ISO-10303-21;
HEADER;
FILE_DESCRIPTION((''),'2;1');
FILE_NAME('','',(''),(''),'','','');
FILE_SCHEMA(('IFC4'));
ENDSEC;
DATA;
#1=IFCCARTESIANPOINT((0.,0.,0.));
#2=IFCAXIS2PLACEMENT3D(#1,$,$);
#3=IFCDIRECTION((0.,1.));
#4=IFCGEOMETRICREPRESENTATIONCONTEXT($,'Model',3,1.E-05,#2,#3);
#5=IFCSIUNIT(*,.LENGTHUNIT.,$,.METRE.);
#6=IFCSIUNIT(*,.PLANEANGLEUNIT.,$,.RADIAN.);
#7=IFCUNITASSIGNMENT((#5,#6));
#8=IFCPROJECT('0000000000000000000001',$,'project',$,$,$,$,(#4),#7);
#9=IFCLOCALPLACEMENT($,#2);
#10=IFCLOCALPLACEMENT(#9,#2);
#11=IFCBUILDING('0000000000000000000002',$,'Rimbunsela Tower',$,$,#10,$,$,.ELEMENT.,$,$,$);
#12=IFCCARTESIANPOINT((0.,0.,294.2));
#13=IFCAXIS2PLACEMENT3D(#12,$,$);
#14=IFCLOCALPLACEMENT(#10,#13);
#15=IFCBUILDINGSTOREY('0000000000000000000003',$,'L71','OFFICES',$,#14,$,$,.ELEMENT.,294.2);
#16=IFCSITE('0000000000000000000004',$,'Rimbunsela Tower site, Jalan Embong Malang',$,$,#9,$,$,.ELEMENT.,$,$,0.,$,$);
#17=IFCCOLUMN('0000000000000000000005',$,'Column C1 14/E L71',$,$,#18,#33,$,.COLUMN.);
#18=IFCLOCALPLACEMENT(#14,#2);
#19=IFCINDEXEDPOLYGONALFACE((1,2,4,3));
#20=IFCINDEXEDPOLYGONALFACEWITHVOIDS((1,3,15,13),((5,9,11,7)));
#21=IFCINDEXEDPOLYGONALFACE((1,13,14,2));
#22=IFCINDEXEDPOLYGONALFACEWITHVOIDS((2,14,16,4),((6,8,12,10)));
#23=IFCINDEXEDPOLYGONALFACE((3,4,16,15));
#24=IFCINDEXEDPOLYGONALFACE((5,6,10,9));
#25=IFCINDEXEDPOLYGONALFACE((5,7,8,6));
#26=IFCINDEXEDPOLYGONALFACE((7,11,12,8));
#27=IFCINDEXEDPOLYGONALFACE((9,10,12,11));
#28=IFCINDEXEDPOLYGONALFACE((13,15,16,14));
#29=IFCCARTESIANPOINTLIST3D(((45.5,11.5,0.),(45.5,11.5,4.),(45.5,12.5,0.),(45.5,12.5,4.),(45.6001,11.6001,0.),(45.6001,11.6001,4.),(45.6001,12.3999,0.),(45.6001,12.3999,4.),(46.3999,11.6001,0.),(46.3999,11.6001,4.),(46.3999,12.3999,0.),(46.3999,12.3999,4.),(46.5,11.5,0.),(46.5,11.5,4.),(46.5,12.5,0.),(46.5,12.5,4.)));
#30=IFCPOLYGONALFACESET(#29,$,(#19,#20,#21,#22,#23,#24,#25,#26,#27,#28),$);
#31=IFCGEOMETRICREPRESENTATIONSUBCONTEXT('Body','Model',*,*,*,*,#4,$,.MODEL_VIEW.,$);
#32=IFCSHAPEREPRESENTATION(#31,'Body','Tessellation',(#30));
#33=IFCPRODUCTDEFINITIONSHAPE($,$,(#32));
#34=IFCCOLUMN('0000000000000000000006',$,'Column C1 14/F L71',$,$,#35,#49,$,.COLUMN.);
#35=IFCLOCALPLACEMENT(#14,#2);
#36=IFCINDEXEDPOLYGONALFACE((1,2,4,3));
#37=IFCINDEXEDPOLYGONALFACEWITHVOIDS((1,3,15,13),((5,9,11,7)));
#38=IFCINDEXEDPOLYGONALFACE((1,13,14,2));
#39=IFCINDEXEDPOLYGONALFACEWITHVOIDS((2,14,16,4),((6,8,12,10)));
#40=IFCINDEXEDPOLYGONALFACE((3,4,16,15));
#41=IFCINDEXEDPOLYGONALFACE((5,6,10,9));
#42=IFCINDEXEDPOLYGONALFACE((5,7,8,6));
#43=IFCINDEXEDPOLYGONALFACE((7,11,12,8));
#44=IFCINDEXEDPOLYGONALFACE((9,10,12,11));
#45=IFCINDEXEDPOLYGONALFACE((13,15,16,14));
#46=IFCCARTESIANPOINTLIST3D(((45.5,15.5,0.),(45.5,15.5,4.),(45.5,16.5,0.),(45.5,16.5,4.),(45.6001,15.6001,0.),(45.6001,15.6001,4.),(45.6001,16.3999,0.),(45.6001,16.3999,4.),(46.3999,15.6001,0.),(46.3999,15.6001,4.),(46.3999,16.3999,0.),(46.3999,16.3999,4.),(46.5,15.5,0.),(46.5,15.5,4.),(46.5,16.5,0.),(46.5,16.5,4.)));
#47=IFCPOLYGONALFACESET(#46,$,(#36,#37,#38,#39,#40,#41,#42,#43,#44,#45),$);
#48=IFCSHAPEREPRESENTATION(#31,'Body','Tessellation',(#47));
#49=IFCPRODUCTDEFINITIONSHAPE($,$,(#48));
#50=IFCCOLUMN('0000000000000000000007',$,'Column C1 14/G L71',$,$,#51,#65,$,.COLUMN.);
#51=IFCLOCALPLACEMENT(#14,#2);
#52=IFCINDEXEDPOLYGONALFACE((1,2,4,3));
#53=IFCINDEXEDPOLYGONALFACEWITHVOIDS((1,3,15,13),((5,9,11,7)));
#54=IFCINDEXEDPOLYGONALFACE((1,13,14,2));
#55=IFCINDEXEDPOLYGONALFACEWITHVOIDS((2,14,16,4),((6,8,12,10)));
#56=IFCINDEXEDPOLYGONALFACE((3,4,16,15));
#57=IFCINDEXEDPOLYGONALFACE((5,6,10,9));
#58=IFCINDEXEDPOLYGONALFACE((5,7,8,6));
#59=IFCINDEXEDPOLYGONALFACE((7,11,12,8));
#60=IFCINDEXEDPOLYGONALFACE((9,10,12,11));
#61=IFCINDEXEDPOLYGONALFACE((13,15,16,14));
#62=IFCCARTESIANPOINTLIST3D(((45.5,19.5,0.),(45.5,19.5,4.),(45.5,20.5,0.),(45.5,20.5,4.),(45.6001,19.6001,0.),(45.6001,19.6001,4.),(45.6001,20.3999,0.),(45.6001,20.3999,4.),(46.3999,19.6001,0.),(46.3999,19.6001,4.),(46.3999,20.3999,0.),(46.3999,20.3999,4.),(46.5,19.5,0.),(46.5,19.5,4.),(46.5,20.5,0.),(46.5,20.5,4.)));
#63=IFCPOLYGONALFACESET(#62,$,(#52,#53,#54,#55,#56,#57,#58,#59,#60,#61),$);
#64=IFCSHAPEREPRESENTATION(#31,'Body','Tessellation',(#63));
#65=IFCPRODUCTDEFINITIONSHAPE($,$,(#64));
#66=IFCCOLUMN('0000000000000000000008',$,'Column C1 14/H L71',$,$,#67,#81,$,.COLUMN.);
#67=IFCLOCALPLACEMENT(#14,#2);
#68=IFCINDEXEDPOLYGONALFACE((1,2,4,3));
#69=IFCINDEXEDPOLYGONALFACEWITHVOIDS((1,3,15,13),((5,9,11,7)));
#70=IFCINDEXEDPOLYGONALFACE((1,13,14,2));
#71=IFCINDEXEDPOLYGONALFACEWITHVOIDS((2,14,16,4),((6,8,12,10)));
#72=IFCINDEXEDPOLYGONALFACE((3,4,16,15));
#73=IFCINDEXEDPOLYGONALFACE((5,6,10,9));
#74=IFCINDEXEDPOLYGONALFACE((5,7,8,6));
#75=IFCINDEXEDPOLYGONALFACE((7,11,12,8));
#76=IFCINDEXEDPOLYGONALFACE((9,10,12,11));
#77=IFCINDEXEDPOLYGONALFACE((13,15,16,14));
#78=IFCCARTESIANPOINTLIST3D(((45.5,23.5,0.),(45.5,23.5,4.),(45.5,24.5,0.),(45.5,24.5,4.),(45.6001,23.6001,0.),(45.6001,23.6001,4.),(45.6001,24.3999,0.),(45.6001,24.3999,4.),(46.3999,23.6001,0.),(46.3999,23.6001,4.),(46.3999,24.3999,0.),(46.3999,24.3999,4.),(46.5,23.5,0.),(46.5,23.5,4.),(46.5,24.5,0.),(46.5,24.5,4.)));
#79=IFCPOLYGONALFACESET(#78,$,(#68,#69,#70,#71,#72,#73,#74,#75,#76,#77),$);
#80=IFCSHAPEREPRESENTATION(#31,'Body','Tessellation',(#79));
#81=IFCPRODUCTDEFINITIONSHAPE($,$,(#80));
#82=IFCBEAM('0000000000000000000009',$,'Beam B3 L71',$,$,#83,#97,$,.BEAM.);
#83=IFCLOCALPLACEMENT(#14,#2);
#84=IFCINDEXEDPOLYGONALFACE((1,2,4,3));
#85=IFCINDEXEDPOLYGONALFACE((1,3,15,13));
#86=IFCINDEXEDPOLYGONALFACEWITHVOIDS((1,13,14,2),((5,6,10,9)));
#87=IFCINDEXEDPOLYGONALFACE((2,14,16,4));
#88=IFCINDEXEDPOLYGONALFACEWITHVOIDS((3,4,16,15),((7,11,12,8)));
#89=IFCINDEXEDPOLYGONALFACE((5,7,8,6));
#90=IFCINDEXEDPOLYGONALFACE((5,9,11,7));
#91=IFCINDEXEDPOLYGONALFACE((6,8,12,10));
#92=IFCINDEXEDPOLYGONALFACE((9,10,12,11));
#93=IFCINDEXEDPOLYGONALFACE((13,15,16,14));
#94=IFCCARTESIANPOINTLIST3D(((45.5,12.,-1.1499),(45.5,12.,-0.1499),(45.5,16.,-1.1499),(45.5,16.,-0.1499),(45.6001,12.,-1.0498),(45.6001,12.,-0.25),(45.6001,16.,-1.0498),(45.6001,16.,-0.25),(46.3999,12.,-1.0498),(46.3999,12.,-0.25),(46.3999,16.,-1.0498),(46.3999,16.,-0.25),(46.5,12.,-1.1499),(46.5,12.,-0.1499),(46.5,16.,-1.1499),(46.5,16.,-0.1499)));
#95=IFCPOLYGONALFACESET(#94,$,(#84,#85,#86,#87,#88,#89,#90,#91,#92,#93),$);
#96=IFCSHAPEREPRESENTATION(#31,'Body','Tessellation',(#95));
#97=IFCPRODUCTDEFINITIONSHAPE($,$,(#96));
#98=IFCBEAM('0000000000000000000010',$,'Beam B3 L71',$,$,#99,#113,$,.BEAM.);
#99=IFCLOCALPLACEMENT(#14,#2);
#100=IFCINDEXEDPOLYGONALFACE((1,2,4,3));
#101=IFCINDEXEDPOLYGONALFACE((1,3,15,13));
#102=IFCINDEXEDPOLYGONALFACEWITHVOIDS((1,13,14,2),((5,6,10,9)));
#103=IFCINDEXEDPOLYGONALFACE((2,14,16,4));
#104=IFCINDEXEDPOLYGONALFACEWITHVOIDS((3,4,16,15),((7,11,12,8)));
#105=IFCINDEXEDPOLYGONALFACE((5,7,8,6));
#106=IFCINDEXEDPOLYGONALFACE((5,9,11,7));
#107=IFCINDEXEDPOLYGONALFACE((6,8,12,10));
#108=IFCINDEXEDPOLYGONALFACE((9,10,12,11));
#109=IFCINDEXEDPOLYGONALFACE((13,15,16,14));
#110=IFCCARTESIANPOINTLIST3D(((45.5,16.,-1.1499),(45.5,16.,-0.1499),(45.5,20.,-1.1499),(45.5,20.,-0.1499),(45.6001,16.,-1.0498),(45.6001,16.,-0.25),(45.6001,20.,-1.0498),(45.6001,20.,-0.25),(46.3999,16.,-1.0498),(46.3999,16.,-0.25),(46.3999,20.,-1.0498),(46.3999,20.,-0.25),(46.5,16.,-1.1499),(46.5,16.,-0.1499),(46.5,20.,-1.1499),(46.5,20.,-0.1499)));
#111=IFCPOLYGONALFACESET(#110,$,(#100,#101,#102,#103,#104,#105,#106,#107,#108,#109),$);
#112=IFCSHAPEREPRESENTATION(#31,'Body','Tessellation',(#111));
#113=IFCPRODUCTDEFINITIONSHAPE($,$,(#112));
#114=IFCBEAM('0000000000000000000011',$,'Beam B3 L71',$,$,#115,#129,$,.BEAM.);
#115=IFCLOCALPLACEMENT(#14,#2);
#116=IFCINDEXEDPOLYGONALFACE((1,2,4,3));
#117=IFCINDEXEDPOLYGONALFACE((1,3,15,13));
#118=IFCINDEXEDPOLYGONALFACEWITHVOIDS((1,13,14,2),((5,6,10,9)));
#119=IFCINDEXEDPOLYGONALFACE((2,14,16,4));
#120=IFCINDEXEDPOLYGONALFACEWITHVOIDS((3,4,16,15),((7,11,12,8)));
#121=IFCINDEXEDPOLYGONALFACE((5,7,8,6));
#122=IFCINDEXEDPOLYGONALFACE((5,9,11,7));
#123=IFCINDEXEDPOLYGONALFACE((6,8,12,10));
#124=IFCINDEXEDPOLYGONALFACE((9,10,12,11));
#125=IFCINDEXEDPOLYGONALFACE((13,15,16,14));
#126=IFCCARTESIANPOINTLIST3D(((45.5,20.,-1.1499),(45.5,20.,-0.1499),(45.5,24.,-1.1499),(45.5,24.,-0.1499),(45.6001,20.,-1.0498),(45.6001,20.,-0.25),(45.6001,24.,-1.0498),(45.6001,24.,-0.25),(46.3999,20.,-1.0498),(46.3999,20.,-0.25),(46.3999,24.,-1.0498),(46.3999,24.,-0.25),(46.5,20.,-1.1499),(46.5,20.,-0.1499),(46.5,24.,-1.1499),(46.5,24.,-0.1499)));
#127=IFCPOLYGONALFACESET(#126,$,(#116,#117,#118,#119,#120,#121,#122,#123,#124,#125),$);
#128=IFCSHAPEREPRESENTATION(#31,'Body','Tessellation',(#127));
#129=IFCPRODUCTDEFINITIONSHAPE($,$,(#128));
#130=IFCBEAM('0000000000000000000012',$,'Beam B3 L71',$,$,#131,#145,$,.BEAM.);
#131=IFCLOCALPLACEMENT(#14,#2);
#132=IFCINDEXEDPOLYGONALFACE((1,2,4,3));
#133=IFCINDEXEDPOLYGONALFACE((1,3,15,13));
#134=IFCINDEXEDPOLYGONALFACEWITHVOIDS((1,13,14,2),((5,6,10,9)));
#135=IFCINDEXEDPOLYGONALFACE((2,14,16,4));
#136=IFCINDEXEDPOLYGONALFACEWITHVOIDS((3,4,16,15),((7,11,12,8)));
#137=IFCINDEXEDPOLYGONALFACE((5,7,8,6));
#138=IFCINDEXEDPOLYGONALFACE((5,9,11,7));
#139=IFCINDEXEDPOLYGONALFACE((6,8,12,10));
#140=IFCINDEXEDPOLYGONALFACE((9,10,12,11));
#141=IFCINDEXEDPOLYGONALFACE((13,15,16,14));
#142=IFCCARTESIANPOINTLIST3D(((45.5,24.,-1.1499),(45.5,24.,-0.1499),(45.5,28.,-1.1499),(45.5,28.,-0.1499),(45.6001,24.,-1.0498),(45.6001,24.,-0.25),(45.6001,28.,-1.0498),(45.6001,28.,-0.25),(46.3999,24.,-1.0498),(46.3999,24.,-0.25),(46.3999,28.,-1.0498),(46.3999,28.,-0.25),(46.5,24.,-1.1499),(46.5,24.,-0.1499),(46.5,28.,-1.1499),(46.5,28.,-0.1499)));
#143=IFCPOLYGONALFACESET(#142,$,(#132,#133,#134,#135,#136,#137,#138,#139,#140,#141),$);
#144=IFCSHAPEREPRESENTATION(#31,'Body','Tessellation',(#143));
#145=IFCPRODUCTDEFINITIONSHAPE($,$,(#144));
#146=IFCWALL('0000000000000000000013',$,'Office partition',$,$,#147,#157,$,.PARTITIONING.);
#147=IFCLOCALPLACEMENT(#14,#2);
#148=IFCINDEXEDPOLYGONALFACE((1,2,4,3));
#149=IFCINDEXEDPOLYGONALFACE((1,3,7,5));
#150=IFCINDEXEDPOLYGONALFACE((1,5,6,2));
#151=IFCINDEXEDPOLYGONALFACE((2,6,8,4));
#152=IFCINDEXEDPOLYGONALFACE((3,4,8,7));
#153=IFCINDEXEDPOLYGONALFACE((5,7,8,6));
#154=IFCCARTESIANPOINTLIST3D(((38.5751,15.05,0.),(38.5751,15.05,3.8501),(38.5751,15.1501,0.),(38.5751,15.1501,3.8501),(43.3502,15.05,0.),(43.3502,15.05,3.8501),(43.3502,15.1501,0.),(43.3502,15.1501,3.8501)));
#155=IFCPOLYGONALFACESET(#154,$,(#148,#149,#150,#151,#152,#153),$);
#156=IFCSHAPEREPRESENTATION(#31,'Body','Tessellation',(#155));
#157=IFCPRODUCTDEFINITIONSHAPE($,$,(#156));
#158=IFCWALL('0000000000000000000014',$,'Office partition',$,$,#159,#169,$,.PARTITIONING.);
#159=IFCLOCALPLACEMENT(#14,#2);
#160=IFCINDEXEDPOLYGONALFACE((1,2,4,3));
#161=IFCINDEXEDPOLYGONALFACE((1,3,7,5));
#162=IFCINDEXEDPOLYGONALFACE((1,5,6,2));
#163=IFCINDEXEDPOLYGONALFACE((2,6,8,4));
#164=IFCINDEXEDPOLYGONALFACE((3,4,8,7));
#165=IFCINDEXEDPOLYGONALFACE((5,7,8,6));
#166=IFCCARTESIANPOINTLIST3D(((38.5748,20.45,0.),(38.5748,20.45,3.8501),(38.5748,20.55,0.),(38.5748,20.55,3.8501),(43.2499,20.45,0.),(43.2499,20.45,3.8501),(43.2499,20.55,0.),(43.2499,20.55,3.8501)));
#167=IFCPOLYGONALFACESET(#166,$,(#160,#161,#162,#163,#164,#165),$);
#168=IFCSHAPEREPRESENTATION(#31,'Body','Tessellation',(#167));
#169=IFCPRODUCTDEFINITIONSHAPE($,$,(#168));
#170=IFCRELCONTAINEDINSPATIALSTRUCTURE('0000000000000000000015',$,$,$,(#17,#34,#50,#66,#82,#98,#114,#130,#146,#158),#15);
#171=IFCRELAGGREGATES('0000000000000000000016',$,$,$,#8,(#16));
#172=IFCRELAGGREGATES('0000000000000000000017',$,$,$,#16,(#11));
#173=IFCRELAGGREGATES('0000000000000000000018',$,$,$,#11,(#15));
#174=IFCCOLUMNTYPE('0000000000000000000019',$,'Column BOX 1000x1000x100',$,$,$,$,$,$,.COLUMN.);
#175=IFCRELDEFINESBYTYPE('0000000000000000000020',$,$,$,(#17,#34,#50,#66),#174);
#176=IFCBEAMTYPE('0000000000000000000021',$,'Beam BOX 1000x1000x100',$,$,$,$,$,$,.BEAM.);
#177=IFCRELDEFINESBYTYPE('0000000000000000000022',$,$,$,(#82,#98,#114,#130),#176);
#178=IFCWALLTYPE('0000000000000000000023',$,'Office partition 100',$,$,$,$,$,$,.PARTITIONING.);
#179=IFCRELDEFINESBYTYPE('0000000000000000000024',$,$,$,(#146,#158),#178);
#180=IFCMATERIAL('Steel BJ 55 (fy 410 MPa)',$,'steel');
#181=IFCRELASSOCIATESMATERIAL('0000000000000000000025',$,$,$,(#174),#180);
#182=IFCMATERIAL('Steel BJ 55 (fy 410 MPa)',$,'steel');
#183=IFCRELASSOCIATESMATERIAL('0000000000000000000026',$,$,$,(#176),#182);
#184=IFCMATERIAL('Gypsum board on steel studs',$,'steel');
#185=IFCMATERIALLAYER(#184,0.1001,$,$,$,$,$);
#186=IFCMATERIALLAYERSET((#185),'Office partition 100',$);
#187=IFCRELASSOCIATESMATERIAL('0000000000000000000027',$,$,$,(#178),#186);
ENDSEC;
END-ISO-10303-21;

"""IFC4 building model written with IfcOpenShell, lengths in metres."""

from ifc_helpers import new_model, si_unit, direction, frame, frame_2d, origin, origin_2d, place, context, subcontext, project, spatial, rectangle, hollow_rectangle, extrude, material, layer, layer_set, material_profile, profile_set, type_object, element, save


model = new_model("IFC4")

# Units and contexts
model_context = context("Model", 3, precision=1e-05, world=origin(), true_north=direction((0.0, 1.0)))
body_context = subcontext(model_context, "Body", "Model", "MODEL_VIEW")
ifc_project = project(units=[si_unit("LENGTHUNIT", "METRE"), si_unit("PLANEANGLEUNIT", "RADIAN")], contexts=[model_context])

# Site, building, storey
site_placement = place(None, origin())
site = spatial("IfcSite", under=ifc_project, at=site_placement, Name="Rimbunsela Tower site, Jalan Embong Malang", CompositionType="ELEMENT", RefElevation=0.0)
building_placement = place(site_placement, origin())
building = spatial("IfcBuilding", under=site, at=building_placement, Name="Rimbunsela Tower", CompositionType="ELEMENT")
storey_placement = place(building_placement, frame((0.0, 0.0, 294.2)))
storey = spatial("IfcBuildingStorey", under=building, at=storey_placement, Name="L71", Description="OFFICES", CompositionType="ELEMENT", Elevation=294.2)

# Columns
ifc_material_1 = material(Name="Steel BJ 55 (fy 410 MPa)", Category="steel")
ifc_material_profile_1 = material_profile(ifc_material_1, hollow_rectangle(XDim=1.0, YDim=1.0, WallThickness=0.1001, at=origin_2d()), Name="BOX 1000x1000x100")
ifc_profile_set_1 = profile_set([ifc_material_profile_1], Name="Steel BJ 55 (fy 410 MPa)")
column_type = type_object("IfcColumnType", Name="Column BOX 1000x1000x100", PredefinedType="COLUMN", material=ifc_profile_set_1)
for number, where, z_axis, x_axis, name in (
    (1, (46.0, 12.0, 0.0), (0.0, 0.0, 1.0), (1.0, 0.0, 0.0), "Column C1 14/E L71"),
    (2, (46.0, 16.0, 0.0), (0.0, 0.0, 1.0), (1.0, 0.0, 0.0), "Column C1 14/F L71"),
    (3, (46.0, 20.0, 0.0), (0.0, 0.0, 1.0), (1.0, 0.0, 0.0), "Column C1 14/G L71"),
    (4, (46.0, 24.0, 0.0), (0.0, 0.0, 1.0), (1.0, 0.0, 0.0), "Column C1 14/H L71"),
):
    element("IfcColumn", number, at=place(storey_placement, frame(where, z_axis=z_axis, x_axis=x_axis)), inside=storey, type_object=column_type, Name=name, PredefinedType="COLUMN", context=body_context, shape_type="SweptSolid", body=[
        extrude(hollow_rectangle(XDim=1.0, YDim=1.0, WallThickness=0.1001, at=origin_2d()), origin(), (0.0, 0.0, 1.0), 4.0),
    ])

# Beams
ifc_material_2 = material(Name="Steel BJ 55 (fy 410 MPa)", Category="steel")
ifc_material_profile_2 = material_profile(ifc_material_2, hollow_rectangle(XDim=1.0, YDim=1.0, WallThickness=0.1001, at=origin_2d()), Name="BOX 1000x1000x100")
ifc_profile_set_2 = profile_set([ifc_material_profile_2], Name="Steel BJ 55 (fy 410 MPa)")
beam_type = type_object("IfcBeamType", Name="Beam BOX 1000x1000x100", PredefinedType="BEAM", material=ifc_profile_set_2)
for number, where, z_axis, x_axis, name in (
    (5, (46.0, 12.0, -0.6499), (0.0, 1.0, 0.0), (-1.0, 0.0, 0.0), "Beam B3 L71"),
    (6, (46.0, 16.0, -0.6499), (0.0, 1.0, 0.0), (-1.0, 0.0, 0.0), "Beam B3 L71"),
    (7, (46.0, 20.0, -0.6499), (0.0, 1.0, 0.0), (-1.0, 0.0, 0.0), "Beam B3 L71"),
    (8, (46.0, 24.0, -0.6499), (0.0, 1.0, 0.0), (-1.0, 0.0, 0.0), "Beam B3 L71"),
):
    element("IfcBeam", number, at=place(storey_placement, frame(where, z_axis=z_axis, x_axis=x_axis)), inside=storey, type_object=beam_type, Name=name, PredefinedType="BEAM", context=body_context, shape_type="SweptSolid", body=[
        extrude(hollow_rectangle(XDim=1.0, YDim=1.0, WallThickness=0.1001, at=origin_2d()), origin(), (0.0, 0.0, 1.0), 4.0),
    ])

# Walls
ifc_material_3 = material(Name="Gypsum board on steel studs", Category="steel")
ifc_layer_1 = layer(ifc_material_3, 0.1001)
ifc_layer_set_1 = layer_set([ifc_layer_1], Name="Office partition 100")
wall_type_1 = type_object("IfcWallType", Name="Office partition 100", PredefinedType="PARTITIONING", material=ifc_layer_set_1)
wall_1_placement = place(storey_placement, frame((38.575, 15.1001, 0.0), z_axis=(0.0, 0.0, 1.0), x_axis=(1.0, 0.0, 0.0)))
element("IfcWall", 9, at=wall_1_placement, inside=storey, type_object=wall_type_1, Name="Office partition", PredefinedType="PARTITIONING", context=body_context, shape_type="SweptSolid", body=[
    extrude(rectangle(XDim=4.7751, YDim=0.1001, at=frame_2d((2.3877, 0.0))), origin(), (0.0, 0.0, 1.0), 3.8501),
])
wall_2_placement = place(storey_placement, frame((38.575, 20.5, 0.0), z_axis=(0.0, 0.0, 1.0), x_axis=(1.0, 0.0, 0.0)))
element("IfcWall", 10, at=wall_2_placement, inside=storey, type_object=wall_type_1, Name="Office partition", PredefinedType="PARTITIONING", context=body_context, shape_type="SweptSolid", body=[
    extrude(rectangle(XDim=4.675, YDim=0.1001, at=frame_2d((2.3374, 0.0))), origin(), (0.0, 0.0, 1.0), 3.8501),
])

save(model, "model.ifc")
